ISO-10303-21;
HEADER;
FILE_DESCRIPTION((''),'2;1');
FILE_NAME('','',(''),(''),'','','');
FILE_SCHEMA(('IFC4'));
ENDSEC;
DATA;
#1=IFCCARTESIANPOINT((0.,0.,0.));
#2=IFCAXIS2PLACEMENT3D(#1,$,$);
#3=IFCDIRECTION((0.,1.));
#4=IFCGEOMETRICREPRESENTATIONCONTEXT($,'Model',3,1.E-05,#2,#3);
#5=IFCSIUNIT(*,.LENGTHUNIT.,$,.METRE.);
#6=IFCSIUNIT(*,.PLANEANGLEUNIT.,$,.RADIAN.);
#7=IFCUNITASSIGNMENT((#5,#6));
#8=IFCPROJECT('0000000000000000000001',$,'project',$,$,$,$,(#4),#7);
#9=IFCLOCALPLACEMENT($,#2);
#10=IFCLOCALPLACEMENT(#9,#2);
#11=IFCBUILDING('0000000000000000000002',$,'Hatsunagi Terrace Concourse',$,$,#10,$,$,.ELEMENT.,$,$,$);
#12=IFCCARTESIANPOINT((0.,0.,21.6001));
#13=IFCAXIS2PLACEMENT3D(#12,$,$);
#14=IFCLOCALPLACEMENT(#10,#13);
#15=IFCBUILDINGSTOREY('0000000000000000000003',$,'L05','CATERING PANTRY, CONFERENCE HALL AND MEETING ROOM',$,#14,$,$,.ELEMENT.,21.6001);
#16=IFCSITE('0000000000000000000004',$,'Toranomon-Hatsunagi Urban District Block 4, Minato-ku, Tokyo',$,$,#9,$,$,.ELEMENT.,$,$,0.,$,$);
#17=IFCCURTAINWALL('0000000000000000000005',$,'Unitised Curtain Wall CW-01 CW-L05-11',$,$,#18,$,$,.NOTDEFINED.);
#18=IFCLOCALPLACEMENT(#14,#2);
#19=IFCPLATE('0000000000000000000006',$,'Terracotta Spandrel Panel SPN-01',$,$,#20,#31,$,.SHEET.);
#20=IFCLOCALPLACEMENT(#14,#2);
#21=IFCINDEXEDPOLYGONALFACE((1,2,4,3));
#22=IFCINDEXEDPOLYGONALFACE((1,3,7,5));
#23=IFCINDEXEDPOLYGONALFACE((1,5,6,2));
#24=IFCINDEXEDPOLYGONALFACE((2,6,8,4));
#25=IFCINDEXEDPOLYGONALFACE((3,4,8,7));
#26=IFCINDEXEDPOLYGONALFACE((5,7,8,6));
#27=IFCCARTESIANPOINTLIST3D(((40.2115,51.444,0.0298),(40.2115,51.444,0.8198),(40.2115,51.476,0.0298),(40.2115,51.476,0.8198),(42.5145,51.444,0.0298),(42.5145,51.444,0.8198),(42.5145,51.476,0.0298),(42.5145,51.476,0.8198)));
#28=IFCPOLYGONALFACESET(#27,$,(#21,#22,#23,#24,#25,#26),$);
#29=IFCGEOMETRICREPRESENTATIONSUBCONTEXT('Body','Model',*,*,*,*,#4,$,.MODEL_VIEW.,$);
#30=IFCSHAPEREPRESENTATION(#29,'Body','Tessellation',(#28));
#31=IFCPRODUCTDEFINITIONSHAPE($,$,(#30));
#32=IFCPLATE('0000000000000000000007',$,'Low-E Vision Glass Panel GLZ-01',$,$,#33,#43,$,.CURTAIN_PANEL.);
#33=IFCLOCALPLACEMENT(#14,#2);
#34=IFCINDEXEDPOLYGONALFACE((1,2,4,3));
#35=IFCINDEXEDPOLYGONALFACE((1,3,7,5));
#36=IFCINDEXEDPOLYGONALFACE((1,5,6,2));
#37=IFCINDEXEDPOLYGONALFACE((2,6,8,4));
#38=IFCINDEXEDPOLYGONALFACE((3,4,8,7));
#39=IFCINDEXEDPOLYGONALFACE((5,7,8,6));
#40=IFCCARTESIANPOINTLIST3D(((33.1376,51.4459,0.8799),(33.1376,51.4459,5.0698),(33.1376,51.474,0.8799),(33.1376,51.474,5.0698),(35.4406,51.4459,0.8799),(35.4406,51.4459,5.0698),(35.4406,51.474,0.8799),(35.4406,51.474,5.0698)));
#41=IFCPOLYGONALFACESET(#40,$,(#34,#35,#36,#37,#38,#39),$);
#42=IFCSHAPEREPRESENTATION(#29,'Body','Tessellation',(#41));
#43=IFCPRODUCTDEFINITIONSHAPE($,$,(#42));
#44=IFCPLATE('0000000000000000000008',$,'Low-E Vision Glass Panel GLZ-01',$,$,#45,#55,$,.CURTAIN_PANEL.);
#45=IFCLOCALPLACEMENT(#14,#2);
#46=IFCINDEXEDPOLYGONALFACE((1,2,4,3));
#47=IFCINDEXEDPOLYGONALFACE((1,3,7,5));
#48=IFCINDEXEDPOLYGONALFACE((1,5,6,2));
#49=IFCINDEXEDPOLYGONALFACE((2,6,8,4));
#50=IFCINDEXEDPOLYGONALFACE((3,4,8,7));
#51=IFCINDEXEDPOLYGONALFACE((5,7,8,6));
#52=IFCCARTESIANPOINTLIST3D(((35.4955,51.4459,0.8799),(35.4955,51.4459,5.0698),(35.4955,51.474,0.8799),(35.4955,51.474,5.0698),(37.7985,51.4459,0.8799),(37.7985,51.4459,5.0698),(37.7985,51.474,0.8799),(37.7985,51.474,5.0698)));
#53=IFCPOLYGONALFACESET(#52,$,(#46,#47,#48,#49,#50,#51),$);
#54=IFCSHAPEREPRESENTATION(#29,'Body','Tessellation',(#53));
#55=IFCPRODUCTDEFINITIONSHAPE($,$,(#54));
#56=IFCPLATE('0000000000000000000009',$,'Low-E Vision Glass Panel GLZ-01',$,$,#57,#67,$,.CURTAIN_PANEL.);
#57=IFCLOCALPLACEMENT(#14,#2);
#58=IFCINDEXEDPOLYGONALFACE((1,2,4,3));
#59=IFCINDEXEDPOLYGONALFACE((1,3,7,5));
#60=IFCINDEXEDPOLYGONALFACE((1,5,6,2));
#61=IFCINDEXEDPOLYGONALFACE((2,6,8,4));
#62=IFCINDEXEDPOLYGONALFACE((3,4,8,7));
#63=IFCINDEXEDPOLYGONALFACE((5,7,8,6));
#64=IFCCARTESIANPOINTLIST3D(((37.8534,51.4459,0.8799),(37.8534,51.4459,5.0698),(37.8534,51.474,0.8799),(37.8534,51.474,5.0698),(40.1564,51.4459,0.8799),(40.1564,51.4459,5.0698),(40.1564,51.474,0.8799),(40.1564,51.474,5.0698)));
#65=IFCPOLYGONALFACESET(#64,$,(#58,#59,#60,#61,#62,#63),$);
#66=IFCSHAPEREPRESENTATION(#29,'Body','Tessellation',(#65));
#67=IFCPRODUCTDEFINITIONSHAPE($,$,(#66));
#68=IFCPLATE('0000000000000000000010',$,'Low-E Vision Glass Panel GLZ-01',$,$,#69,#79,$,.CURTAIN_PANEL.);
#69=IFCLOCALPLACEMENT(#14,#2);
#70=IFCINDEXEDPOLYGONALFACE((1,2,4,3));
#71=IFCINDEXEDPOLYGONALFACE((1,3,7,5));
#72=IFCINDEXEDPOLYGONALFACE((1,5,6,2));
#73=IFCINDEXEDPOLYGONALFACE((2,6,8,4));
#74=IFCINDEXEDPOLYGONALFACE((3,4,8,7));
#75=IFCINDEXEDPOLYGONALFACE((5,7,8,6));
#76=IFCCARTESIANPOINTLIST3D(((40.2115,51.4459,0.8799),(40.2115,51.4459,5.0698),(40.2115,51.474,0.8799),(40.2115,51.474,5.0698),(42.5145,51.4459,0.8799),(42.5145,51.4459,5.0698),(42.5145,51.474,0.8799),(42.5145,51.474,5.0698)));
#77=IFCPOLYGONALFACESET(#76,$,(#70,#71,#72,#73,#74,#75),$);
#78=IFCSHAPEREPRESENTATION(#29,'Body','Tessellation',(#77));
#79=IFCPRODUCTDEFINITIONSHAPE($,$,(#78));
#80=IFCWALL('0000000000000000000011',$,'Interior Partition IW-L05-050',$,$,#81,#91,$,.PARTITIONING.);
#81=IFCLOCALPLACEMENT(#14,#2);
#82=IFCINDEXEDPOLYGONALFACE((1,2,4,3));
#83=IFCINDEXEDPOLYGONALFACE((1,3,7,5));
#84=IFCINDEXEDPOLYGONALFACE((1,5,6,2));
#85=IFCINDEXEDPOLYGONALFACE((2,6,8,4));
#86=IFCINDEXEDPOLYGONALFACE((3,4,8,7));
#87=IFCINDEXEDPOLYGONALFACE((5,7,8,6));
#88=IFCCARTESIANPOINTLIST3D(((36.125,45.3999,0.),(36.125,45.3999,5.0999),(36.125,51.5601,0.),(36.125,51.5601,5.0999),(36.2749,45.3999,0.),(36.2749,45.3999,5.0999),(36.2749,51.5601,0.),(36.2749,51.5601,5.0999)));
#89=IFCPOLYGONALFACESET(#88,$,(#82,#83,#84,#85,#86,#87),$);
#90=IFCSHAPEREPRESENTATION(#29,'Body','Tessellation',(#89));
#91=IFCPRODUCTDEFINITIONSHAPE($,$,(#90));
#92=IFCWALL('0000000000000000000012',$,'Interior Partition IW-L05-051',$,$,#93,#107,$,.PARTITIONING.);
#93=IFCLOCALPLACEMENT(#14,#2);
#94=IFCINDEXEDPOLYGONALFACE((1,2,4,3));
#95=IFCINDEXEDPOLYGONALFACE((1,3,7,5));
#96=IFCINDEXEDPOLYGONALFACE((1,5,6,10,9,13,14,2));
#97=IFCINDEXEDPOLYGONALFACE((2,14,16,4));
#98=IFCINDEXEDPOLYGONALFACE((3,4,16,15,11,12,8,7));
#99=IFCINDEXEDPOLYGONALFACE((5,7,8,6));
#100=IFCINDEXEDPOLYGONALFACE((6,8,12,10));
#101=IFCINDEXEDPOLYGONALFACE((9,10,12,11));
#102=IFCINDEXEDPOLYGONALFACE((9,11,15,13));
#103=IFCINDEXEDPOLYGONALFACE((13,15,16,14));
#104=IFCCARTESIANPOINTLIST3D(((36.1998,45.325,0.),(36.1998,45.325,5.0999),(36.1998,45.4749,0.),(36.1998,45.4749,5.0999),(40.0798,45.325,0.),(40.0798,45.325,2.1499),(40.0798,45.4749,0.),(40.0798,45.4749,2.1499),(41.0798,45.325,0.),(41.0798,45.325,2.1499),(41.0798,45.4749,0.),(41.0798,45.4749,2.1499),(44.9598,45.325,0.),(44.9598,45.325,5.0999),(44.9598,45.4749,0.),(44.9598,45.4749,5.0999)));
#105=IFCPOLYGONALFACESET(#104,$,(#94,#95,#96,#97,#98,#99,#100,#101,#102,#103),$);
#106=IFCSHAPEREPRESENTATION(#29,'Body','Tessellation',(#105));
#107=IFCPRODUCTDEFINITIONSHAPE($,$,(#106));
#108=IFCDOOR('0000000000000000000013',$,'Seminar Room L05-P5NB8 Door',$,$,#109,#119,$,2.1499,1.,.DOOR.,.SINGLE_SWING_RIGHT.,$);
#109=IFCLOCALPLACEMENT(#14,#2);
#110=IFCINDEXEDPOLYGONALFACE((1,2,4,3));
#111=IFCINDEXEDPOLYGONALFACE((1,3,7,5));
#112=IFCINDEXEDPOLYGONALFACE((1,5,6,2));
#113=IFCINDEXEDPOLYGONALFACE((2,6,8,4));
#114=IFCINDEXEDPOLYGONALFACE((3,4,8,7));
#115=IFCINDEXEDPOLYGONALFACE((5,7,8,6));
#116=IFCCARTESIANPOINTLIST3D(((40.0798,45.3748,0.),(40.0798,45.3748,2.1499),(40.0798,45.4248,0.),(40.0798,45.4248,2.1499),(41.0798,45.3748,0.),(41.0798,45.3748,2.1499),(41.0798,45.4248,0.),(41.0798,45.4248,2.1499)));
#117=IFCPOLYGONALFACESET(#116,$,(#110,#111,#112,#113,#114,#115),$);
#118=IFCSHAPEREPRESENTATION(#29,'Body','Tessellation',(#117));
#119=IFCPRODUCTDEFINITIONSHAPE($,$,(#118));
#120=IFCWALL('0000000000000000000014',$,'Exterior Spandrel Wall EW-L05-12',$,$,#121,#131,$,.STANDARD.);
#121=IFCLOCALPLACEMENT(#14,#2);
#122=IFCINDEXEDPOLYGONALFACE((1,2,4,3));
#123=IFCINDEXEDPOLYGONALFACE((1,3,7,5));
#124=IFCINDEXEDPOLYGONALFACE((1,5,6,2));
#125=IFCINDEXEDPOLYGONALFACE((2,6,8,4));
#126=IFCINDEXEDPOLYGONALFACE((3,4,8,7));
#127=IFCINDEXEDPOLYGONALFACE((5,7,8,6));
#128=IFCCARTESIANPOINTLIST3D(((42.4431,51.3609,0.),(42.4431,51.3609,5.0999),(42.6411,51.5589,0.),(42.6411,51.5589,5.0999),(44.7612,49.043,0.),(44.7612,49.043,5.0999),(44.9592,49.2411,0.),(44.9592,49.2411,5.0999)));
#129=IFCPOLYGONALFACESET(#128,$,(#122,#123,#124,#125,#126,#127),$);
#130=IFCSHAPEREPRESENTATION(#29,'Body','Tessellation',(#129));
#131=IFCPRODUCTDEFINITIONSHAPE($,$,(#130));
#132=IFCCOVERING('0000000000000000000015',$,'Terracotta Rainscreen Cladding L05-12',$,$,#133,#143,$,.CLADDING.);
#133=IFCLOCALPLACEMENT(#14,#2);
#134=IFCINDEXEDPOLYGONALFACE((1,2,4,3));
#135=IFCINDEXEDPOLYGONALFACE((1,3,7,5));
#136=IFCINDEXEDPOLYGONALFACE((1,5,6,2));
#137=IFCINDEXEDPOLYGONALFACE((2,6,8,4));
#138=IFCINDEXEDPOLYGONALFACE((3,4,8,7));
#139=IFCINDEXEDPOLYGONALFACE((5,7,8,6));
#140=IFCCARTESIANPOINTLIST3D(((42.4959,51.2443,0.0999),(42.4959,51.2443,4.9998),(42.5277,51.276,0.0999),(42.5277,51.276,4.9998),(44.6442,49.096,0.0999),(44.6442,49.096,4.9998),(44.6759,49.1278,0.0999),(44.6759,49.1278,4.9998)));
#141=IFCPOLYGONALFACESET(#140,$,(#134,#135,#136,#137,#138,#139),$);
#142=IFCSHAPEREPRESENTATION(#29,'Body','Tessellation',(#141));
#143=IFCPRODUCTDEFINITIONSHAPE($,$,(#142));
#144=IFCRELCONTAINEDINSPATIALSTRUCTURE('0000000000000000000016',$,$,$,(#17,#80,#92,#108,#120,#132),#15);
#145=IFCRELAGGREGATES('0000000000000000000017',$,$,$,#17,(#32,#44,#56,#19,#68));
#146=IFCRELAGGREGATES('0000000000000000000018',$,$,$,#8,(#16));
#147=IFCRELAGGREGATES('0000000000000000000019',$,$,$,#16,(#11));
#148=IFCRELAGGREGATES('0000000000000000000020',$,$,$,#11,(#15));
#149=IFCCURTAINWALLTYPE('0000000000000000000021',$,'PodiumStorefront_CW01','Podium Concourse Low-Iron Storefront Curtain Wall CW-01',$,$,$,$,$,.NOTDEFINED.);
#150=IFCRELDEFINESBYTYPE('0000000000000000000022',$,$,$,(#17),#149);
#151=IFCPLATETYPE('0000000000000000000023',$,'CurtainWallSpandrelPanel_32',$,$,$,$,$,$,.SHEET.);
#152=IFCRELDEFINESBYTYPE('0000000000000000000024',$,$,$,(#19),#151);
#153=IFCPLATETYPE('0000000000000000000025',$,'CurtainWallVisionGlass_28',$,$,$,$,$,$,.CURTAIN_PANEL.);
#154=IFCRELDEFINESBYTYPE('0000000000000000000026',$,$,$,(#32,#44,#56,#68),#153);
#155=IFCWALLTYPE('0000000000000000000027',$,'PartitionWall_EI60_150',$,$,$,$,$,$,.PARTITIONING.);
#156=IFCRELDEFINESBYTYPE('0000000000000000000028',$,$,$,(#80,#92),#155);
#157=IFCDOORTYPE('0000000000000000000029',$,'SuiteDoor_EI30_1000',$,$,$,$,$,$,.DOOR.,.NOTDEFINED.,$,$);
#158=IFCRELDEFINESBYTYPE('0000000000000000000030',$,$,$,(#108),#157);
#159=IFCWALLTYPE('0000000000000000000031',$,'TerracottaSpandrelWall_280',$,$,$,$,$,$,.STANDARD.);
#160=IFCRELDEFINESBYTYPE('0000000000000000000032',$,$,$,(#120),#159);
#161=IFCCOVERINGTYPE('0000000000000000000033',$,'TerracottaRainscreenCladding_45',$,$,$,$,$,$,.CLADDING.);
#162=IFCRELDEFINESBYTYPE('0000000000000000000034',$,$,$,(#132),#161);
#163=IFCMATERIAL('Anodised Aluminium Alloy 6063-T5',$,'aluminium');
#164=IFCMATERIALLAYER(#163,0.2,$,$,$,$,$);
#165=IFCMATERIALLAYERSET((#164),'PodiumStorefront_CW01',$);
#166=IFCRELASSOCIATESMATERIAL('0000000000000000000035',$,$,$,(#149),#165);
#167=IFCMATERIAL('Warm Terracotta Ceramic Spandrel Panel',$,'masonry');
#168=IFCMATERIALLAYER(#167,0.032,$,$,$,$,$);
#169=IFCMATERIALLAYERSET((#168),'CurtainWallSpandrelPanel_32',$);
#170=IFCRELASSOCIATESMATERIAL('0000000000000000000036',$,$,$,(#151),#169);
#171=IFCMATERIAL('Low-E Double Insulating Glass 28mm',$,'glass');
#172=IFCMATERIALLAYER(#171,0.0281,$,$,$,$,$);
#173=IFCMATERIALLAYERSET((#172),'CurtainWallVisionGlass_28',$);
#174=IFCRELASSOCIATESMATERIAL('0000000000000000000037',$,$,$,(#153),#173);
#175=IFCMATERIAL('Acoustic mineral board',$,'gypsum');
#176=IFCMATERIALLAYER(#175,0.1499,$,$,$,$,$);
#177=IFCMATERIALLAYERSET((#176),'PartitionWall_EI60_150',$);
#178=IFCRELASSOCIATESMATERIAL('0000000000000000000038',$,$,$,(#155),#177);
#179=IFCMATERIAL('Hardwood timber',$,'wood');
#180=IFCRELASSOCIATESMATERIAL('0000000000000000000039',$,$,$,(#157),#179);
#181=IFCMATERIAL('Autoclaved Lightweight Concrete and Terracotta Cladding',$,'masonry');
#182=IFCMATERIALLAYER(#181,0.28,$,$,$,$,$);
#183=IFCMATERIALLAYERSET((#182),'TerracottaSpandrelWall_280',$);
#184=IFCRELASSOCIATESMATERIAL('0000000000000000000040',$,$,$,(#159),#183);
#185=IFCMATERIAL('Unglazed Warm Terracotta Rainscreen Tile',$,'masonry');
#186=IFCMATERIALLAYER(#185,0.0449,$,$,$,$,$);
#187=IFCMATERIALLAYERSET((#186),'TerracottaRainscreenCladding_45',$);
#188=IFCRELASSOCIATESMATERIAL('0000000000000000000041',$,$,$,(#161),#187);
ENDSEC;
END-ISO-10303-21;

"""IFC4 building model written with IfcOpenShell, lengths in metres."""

from ifc_helpers import new_model, si_unit, direction, frame, frame_2d, origin, origin_2d, place, context, subcontext, project, spatial, rectangle, extrude, material, layer, layer_set, type_object, element, fill, aggregate, save


model = new_model("IFC4")

# Units and contexts
model_context = context("Model", 3, precision=1e-05, world=origin(), true_north=direction((0.0, 1.0)))
body_context = subcontext(model_context, "Body", "Model", "MODEL_VIEW")
ifc_project = project(units=[si_unit("LENGTHUNIT", "METRE"), si_unit("PLANEANGLEUNIT", "RADIAN")], contexts=[model_context])

# Site, building, storey
site_placement = place(None, origin())
site = spatial("IfcSite", under=ifc_project, at=site_placement, Name="Toranomon-Hatsunagi Urban District Block 4, Minato-ku, Tokyo", CompositionType="ELEMENT", RefElevation=0.0)
building_placement = place(site_placement, origin())
building = spatial("IfcBuilding", under=site, at=building_placement, Name="Hatsunagi Terrace Concourse", CompositionType="ELEMENT")
storey_placement = place(building_placement, frame((0.0, 0.0, 21.6001)))
storey = spatial("IfcBuildingStorey", under=building, at=storey_placement, Name="L05", Description="CATERING PANTRY, CONFERENCE HALL AND MEETING ROOM", CompositionType="ELEMENT", Elevation=21.6001)

# Curtain wall
ifc_material_1 = material(Name="Anodised Aluminium Alloy 6063-T5", Category="aluminium")
ifc_layer_1 = layer(ifc_material_1, 0.2)
ifc_layer_set_1 = layer_set([ifc_layer_1], Name="PodiumStorefront_CW01")
curtain_wall_type = type_object("IfcCurtainWallType", Name="PodiumStorefront_CW01", Description="Podium Concourse Low-Iron Storefront Curtain Wall CW-01", PredefinedType="NOTDEFINED", material=ifc_layer_set_1)
curtain_wall_placement = place(storey_placement, origin())
curtain_wall = element("IfcCurtainWall", 1, at=curtain_wall_placement, inside=storey, type_object=curtain_wall_type, Name="Unitised Curtain Wall CW-01 CW-L05-11", PredefinedType="NOTDEFINED")

# Plates
ifc_material_2 = material(Name="Warm Terracotta Ceramic Spandrel Panel", Category="masonry")
ifc_layer_2 = layer(ifc_material_2, 0.032)
ifc_layer_set_2 = layer_set([ifc_layer_2], Name="CurtainWallSpandrelPanel_32")
plate_type_1 = type_object("IfcPlateType", Name="CurtainWallSpandrelPanel_32", PredefinedType="SHEET", material=ifc_layer_set_2)
plate_1_placement = place(storey_placement, frame((41.363, 51.46, 0.0298), z_axis=(0.0, 0.0, 1.0), x_axis=(1.0, 0.0, 0.0)))
plate_1 = element("IfcPlate", 2, at=plate_1_placement, type_object=plate_type_1, Name="Terracotta Spandrel Panel SPN-01", PredefinedType="SHEET", context=body_context, shape_type="SweptSolid", body=[
    extrude(rectangle(XDim=2.303, YDim=0.032, at=origin_2d()), origin(), (0.0, 0.0, 1.0), 0.79),
])
ifc_material_3 = material(Name="Low-E Double Insulating Glass 28mm", Category="glass")
ifc_layer_3 = layer(ifc_material_3, 0.0281)
ifc_layer_set_3 = layer_set([ifc_layer_3], Name="CurtainWallVisionGlass_28")
plate_type_2 = type_object("IfcPlateType", Name="CurtainWallVisionGlass_28", PredefinedType="CURTAIN_PANEL", material=ifc_layer_set_3)
plate_2_placement = place(storey_placement, frame((34.2891, 51.46, 0.8799), z_axis=(0.0, 0.0, 1.0), x_axis=(1.0, 0.0, 0.0)))
plate_2 = element("IfcPlate", 3, at=plate_2_placement, type_object=plate_type_2, Name="Low-E Vision Glass Panel GLZ-01", PredefinedType="CURTAIN_PANEL", context=body_context, shape_type="SweptSolid", body=[
    extrude(rectangle(XDim=2.303, YDim=0.0281, at=origin_2d()), origin(), (0.0, 0.0, 1.0), 4.1899),
])
plate_3_placement = place(storey_placement, frame((36.647, 51.46, 0.8799), z_axis=(0.0, 0.0, 1.0), x_axis=(1.0, 0.0, 0.0)))
plate_3 = element("IfcPlate", 4, at=plate_3_placement, type_object=plate_type_2, Name="Low-E Vision Glass Panel GLZ-01", PredefinedType="CURTAIN_PANEL", context=body_context, shape_type="SweptSolid", body=[
    extrude(rectangle(XDim=2.303, YDim=0.0281, at=origin_2d()), origin(), (0.0, 0.0, 1.0), 4.1899),
])
plate_4_placement = place(storey_placement, frame((39.0049, 51.46, 0.8799), z_axis=(0.0, 0.0, 1.0), x_axis=(1.0, 0.0, 0.0)))
plate_4 = element("IfcPlate", 5, at=plate_4_placement, type_object=plate_type_2, Name="Low-E Vision Glass Panel GLZ-01", PredefinedType="CURTAIN_PANEL", context=body_context, shape_type="SweptSolid", body=[
    extrude(rectangle(XDim=2.303, YDim=0.0281, at=origin_2d()), origin(), (0.0, 0.0, 1.0), 4.1899),
])
plate_5_placement = place(storey_placement, frame((41.363, 51.46, 0.8799), z_axis=(0.0, 0.0, 1.0), x_axis=(1.0, 0.0, 0.0)))
plate_5 = element("IfcPlate", 6, at=plate_5_placement, type_object=plate_type_2, Name="Low-E Vision Glass Panel GLZ-01", PredefinedType="CURTAIN_PANEL", context=body_context, shape_type="SweptSolid", body=[
    extrude(rectangle(XDim=2.303, YDim=0.0281, at=origin_2d()), origin(), (0.0, 0.0, 1.0), 4.1899),
])
aggregate(curtain_wall, [plate_2, plate_3, plate_4, plate_1, plate_5])

# Wall
ifc_material_4 = material(Name="Acoustic mineral board", Category="gypsum")
ifc_layer_4 = layer(ifc_material_4, 0.1499)
ifc_layer_set_4 = layer_set([ifc_layer_4], Name="PartitionWall_EI60_150")
wall_type_1 = type_object("IfcWallType", Name="PartitionWall_EI60_150", PredefinedType="PARTITIONING", material=ifc_layer_set_4)
wall_1_placement = place(storey_placement, frame((36.2, 45.3999, 0.0), z_axis=(0.0, 0.0, 1.0), x_axis=(0.0, 1.0, 0.0)))
element("IfcWall", 7, at=wall_1_placement, inside=storey, type_object=wall_type_1, Name="Interior Partition IW-L05-050", PredefinedType="PARTITIONING", context=body_context, shape_type="SweptSolid", body=[
    extrude(rectangle(XDim=6.1602, YDim=0.1499, at=frame_2d((3.0801, 0.0))), origin(), (0.0, 0.0, 1.0), 5.0999),
])

# Wall, opening, door
wall_2_placement = place(storey_placement, frame((36.2, 45.3999, 0.0), z_axis=(0.0, 0.0, 1.0), x_axis=(1.0, 0.0, 0.0)))
wall_2 = element("IfcWall", 8, at=wall_2_placement, inside=storey, type_object=wall_type_1, Name="Interior Partition IW-L05-051", PredefinedType="PARTITIONING", context=body_context, shape_type="SweptSolid", body=[
    extrude(rectangle(XDim=8.76, YDim=0.1499, at=frame_2d((4.3799, 0.0))), origin(), (0.0, 0.0, 1.0), 5.0999),
])
opening_placement = place(wall_2_placement, frame((3.8799, 0.0, 0.0)))
opening = element("IfcOpeningElement", 9, at=opening_placement, cuts=wall_2, PredefinedType="OPENING", context=body_context, shape_type="SweptSolid", body=[
    extrude(rectangle(XDim=1.0, YDim=2.1499, at=frame_2d((0.5, 1.075))), frame((0.0, 0.085, 0.0), z_axis=(0.0, -1.0, 0.0), x_axis=(1.0, 0.0, 0.0)), (0.0, 0.0, 1.0), 0.1699),
])
ifc_material_5 = material(Name="Hardwood timber", Category="wood")
door_type = type_object("IfcDoorType", Name="SuiteDoor_EI30_1000", OperationType="NOTDEFINED", PredefinedType="DOOR", material=ifc_material_5)
door_placement = place(opening_placement, origin())
door = element("IfcDoor", 10, at=door_placement, inside=storey, type_object=door_type, Name="Seminar Room L05-P5NB8 Door", OperationType="SINGLE_SWING_RIGHT", OverallHeight=2.1499, OverallWidth=1.0, PredefinedType="DOOR", context=body_context, shape_type="SweptSolid", body=[
    extrude(rectangle(XDim=1.0, YDim=2.1499, at=frame_2d((0.5, 1.075))), frame((0.0, 0.0249, 0.0), z_axis=(0.0, -1.0, 0.0), x_axis=(1.0, 0.0, 0.0)), (0.0, 0.0, 1.0), 0.05),
])
fill(opening, door)

# Wall
ifc_material_6 = material(Name="Autoclaved Lightweight Concrete and Terracotta Cladding", Category="masonry")
ifc_layer_5 = layer(ifc_material_6, 0.28)
ifc_layer_set_5 = layer_set([ifc_layer_5], Name="TerracottaSpandrelWall_280")
wall_type_2 = type_object("IfcWallType", Name="TerracottaSpandrelWall_280", PredefinedType="STANDARD", material=ifc_layer_set_5)
wall_3_placement = place(storey_placement, frame((42.542, 51.46, 0.0), z_axis=(0.0, 0.0, 1.0), x_axis=(0.707144, -0.70707, 0.0)))
element("IfcWall", 11, at=wall_3_placement, inside=storey, type_object=wall_type_2, Name="Exterior Spandrel Wall EW-L05-12", PredefinedType="STANDARD", context=body_context, shape_type="SweptSolid", body=[
    extrude(rectangle(XDim=3.2781, YDim=0.28, at=frame_2d((1.6392, 0.0))), origin(), (0.0, 0.0, 1.0), 5.0999),
])

# Covering
ifc_material_7 = material(Name="Unglazed Warm Terracotta Rainscreen Tile", Category="masonry")
ifc_layer_6 = layer(ifc_material_7, 0.0449)
ifc_layer_set_6 = layer_set([ifc_layer_6], Name="TerracottaRainscreenCladding_45")
covering_type = type_object("IfcCoveringType", Name="TerracottaRainscreenCladding_45", PredefinedType="CLADDING", material=ifc_layer_set_6)
covering_placement = place(storey_placement, frame((43.5859, 50.186, 0.0999), z_axis=(0.0, 0.0, 1.0), x_axis=(0.707107, -0.707107, 0.0)))
element("IfcCovering", 12, at=covering_placement, inside=storey, type_object=covering_type, Name="Terracotta Rainscreen Cladding L05-12", PredefinedType="CLADDING", context=body_context, shape_type="SweptSolid", body=[
    extrude(rectangle(XDim=3.0381, YDim=0.0449, at=origin_2d()), origin(), (0.0, 0.0, 1.0), 4.8999),
])

save(model, "model.ifc")
